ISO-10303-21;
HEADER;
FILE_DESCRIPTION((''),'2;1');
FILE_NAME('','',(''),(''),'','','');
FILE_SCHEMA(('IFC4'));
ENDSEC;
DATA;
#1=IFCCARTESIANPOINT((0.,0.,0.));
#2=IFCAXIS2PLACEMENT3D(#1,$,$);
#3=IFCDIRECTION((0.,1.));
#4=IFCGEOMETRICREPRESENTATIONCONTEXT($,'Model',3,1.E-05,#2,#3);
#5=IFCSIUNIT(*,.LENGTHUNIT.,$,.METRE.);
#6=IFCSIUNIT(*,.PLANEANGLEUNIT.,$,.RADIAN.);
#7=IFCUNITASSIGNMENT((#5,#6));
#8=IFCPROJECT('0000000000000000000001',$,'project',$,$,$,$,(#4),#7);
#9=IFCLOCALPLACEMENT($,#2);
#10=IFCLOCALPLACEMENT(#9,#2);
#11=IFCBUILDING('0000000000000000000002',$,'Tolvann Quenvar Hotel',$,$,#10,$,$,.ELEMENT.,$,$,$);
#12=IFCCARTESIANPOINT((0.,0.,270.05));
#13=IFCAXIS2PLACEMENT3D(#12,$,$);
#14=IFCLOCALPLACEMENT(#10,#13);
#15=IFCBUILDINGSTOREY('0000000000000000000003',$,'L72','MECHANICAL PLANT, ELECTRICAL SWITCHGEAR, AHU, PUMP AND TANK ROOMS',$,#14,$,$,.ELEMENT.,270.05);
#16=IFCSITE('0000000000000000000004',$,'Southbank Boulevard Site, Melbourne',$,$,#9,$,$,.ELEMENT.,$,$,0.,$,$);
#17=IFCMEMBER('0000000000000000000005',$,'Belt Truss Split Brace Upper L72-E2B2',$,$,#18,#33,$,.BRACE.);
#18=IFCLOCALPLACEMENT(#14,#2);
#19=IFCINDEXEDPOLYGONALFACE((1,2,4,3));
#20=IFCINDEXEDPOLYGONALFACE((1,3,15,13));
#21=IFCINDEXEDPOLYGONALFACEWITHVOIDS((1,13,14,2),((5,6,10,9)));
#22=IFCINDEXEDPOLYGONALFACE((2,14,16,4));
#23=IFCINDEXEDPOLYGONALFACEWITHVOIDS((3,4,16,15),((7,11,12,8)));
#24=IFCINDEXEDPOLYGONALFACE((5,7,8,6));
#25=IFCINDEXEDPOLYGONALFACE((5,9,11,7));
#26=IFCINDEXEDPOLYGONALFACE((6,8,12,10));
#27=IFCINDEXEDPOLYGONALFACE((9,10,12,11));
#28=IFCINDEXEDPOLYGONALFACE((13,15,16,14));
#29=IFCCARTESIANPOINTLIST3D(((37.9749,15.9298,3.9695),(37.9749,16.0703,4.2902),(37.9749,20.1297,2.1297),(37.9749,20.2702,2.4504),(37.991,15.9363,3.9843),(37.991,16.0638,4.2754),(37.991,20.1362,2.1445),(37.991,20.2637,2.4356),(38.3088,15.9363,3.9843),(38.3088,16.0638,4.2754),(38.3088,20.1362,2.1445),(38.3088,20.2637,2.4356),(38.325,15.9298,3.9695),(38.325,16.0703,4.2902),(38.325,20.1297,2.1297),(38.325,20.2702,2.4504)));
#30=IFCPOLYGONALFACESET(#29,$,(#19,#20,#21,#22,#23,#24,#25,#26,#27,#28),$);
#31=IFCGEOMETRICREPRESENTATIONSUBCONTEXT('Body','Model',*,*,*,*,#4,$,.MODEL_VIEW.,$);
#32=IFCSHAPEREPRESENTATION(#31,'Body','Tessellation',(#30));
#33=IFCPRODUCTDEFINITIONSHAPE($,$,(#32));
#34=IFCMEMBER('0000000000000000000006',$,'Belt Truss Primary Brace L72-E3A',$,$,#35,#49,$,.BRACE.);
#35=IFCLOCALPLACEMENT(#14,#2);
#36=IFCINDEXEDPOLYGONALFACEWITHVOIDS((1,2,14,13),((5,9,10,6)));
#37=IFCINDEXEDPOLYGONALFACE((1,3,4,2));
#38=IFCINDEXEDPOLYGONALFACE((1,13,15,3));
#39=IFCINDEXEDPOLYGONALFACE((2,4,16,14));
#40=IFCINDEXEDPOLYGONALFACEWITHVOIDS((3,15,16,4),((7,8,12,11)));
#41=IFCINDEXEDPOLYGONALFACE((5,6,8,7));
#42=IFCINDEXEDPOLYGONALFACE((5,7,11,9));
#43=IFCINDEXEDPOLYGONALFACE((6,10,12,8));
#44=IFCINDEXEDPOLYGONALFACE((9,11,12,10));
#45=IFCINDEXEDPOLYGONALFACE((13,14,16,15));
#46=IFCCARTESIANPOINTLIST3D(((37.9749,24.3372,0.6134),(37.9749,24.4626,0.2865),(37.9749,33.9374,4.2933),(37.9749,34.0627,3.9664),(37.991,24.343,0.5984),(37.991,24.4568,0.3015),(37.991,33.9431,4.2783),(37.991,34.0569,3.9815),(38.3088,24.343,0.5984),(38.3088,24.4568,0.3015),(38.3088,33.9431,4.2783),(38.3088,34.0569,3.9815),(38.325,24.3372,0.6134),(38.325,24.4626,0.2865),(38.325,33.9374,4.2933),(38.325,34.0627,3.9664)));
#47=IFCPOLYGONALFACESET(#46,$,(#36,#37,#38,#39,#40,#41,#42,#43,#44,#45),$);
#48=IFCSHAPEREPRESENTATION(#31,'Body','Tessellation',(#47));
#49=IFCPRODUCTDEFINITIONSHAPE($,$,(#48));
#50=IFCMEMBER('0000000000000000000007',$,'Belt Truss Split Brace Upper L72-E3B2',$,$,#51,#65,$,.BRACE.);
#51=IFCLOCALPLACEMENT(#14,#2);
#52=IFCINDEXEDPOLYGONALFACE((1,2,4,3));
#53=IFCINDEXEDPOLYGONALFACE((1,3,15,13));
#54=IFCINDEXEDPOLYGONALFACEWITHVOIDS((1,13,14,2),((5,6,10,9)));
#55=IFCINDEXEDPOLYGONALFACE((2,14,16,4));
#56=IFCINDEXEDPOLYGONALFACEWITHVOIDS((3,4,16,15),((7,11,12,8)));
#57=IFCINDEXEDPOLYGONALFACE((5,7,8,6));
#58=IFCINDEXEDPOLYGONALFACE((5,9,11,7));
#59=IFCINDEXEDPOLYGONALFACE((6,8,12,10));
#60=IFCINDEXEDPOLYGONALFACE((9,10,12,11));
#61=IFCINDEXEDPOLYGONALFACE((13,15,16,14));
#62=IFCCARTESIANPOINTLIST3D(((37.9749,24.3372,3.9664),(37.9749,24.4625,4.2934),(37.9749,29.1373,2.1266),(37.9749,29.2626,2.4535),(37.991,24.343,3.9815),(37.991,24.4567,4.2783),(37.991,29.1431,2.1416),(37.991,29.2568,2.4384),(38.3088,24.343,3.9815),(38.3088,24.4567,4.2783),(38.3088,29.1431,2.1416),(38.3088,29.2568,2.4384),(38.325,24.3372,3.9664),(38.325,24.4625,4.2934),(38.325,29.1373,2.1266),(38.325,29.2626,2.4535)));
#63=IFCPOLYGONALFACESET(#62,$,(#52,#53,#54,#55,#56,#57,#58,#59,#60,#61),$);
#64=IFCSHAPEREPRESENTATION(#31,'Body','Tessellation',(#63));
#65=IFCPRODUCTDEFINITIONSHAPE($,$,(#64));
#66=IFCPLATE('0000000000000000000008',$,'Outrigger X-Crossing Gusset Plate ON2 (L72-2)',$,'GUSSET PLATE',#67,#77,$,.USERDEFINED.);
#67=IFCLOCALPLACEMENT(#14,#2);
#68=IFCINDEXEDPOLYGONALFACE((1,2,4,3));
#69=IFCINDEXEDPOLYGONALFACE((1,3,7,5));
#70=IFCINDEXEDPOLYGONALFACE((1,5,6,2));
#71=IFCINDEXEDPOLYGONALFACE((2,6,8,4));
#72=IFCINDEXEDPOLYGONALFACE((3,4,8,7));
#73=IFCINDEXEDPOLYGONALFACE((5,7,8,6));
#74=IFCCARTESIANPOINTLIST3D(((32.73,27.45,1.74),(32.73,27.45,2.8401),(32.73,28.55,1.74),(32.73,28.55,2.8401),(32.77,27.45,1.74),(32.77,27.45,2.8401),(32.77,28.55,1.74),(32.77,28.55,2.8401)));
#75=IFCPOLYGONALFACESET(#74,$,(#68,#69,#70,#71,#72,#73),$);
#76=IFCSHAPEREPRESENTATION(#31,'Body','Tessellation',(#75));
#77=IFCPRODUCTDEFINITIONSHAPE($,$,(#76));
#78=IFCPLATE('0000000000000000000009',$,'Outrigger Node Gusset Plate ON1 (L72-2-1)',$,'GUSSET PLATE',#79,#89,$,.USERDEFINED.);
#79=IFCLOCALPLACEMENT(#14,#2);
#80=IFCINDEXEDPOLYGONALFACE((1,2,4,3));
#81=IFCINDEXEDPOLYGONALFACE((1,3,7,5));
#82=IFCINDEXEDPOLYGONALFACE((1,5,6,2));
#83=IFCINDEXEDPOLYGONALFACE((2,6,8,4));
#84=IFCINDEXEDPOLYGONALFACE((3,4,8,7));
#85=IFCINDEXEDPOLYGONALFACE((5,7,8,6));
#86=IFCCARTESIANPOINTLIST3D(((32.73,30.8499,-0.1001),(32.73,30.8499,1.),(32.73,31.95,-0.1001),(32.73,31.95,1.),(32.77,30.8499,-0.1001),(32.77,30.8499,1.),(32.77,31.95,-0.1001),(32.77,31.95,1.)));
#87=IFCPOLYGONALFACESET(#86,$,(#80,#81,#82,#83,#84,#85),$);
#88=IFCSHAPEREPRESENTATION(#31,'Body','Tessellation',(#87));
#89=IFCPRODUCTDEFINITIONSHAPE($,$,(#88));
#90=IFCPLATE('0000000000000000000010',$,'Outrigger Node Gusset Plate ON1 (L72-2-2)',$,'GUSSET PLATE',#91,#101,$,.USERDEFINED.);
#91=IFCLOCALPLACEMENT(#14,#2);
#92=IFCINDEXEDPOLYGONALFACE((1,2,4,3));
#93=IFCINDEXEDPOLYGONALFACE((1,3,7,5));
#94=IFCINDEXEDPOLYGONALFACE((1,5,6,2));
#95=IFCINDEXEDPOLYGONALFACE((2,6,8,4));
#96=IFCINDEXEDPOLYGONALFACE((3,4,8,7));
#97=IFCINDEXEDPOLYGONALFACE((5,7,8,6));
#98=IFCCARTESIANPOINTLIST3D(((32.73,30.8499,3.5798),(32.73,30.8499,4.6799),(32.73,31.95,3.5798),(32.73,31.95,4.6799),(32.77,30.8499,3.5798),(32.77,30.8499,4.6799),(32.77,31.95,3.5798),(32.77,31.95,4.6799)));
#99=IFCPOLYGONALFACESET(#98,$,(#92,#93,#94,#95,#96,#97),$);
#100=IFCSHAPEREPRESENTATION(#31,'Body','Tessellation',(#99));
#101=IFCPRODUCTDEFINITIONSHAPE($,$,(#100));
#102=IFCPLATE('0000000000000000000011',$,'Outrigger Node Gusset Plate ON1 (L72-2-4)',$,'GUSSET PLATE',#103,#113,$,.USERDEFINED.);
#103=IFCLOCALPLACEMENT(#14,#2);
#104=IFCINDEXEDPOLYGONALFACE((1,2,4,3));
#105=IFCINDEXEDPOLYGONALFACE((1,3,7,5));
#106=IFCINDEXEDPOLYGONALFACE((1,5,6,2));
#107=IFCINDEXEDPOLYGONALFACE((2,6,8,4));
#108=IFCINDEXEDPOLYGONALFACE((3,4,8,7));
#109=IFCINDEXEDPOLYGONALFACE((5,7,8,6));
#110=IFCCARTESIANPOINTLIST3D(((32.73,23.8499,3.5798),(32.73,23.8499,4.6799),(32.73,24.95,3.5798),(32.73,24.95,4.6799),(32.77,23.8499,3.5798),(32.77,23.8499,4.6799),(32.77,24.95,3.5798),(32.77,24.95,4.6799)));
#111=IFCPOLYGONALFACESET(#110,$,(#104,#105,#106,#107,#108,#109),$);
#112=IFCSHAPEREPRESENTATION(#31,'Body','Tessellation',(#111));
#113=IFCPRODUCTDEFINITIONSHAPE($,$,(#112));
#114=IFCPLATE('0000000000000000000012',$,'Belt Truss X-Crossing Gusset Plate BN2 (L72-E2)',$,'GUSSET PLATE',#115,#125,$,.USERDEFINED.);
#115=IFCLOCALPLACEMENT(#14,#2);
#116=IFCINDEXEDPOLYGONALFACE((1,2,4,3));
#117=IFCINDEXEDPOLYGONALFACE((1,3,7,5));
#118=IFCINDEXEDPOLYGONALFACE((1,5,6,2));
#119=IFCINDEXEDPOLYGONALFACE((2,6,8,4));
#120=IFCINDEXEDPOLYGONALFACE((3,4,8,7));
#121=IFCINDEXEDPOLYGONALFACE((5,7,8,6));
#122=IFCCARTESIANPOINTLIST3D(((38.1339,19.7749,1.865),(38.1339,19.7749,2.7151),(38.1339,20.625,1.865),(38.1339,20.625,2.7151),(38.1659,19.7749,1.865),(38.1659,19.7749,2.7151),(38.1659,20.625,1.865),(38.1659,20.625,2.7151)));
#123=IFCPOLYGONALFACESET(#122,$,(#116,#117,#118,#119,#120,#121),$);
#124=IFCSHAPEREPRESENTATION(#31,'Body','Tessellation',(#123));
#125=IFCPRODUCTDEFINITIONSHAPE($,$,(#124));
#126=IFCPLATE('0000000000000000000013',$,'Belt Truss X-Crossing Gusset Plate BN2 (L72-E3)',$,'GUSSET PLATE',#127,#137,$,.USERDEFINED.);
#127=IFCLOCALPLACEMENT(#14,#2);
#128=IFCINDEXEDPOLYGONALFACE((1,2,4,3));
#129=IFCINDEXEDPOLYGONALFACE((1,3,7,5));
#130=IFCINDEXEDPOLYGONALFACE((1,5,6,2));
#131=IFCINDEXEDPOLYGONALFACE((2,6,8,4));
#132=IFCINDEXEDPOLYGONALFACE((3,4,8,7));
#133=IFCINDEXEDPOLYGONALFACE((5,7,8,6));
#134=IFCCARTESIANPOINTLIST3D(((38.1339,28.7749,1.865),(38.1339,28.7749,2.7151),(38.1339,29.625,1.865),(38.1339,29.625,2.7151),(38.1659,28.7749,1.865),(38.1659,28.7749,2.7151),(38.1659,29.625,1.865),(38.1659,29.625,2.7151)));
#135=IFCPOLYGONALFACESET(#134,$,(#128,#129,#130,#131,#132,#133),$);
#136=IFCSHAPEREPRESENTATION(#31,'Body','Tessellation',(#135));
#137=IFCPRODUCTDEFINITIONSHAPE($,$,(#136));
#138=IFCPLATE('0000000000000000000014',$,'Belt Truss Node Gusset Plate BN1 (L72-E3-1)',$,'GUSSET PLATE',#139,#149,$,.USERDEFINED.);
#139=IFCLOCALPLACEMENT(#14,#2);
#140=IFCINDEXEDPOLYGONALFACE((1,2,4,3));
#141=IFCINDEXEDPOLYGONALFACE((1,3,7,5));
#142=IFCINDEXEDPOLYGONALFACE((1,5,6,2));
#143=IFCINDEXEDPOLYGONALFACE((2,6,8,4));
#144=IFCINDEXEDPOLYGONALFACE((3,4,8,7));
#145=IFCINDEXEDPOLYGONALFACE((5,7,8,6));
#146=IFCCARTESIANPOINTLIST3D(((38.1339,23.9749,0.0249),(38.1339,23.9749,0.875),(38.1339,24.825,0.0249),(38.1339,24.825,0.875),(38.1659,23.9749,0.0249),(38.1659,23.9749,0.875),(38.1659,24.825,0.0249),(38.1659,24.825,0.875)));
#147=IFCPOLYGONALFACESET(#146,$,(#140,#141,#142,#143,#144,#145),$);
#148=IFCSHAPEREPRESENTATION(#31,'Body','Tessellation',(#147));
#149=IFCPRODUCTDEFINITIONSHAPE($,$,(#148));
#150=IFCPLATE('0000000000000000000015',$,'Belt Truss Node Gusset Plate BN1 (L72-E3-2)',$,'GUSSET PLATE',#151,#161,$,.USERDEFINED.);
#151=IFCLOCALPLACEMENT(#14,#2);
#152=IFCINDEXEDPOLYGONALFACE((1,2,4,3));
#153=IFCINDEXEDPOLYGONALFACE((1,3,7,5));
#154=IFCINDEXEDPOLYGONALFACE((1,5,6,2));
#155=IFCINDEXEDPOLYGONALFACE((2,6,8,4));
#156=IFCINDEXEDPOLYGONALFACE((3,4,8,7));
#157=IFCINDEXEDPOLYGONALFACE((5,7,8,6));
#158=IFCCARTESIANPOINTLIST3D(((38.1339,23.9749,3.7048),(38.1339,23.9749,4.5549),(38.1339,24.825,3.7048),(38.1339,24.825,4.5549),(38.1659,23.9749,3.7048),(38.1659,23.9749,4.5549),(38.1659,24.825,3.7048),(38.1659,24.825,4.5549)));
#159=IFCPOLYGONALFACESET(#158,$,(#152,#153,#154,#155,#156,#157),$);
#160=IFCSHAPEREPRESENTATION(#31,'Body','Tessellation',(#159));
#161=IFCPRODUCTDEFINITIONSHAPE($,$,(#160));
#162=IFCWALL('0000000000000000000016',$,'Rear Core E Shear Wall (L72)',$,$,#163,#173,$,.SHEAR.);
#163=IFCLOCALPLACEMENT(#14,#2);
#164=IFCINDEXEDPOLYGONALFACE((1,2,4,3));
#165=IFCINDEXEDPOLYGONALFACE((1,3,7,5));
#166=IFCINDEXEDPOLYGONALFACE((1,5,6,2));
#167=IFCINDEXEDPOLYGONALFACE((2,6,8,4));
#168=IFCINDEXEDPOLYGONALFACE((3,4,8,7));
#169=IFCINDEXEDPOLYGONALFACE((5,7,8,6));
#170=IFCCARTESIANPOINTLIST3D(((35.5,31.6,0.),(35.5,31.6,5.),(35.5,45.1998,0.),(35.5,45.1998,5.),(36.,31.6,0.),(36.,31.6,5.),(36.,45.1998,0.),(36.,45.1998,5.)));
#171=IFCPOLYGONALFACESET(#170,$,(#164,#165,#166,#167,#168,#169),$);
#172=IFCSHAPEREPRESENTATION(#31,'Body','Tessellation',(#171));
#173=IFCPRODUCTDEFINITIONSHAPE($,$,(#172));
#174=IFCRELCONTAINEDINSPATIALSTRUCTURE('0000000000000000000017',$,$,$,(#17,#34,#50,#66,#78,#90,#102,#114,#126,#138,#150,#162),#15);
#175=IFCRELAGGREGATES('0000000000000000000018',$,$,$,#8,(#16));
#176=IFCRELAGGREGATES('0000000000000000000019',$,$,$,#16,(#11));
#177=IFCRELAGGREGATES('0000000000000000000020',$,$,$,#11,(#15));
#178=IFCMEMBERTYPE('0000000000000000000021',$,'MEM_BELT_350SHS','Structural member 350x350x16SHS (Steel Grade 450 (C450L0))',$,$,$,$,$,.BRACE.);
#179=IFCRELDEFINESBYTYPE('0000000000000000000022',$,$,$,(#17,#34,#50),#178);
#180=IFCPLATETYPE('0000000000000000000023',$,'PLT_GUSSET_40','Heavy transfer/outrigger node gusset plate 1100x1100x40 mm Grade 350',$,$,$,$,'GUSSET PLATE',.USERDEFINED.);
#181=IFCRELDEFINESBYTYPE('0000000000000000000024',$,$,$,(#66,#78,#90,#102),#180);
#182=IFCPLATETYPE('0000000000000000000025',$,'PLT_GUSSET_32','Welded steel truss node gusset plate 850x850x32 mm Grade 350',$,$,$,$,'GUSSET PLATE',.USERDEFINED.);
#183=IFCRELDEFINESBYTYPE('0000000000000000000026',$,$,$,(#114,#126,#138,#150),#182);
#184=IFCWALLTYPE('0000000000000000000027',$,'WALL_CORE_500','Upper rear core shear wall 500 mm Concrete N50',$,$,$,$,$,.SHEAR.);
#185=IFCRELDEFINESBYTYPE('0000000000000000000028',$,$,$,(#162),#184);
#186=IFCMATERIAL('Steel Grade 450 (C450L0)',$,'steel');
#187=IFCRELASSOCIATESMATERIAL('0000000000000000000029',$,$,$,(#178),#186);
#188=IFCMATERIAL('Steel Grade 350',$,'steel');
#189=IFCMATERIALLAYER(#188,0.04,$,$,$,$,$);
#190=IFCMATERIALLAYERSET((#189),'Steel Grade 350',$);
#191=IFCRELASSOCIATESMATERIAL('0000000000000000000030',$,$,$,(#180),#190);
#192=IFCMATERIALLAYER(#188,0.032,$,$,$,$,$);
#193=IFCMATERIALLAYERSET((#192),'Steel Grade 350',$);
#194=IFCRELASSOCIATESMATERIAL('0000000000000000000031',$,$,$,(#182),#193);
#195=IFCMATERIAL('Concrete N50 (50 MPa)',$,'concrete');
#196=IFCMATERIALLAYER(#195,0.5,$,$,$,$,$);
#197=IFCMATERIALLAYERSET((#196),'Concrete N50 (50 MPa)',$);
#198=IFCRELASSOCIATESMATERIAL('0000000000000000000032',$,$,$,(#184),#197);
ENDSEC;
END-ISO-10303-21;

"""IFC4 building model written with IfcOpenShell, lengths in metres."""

from ifc_helpers import new_model, si_unit, direction, frame, frame_2d, origin, origin_2d, place, context, subcontext, project, spatial, rectangle, hollow_rectangle, extrude, source, transform, mapped, material, layer, layer_set, material_profile, profile_set, type_object, type_shapes, element, save


model = new_model("IFC4")

# Units and contexts
model_context = context("Model", 3, precision=1e-05, world=origin(), true_north=direction((0.0, 1.0)))
body_context = subcontext(model_context, "Body", "Model", "MODEL_VIEW")
ifc_project = project(units=[si_unit("LENGTHUNIT", "METRE"), si_unit("PLANEANGLEUNIT", "RADIAN")], contexts=[model_context])

# Site, building, storey
site_placement = place(None, origin())
site = spatial("IfcSite", under=ifc_project, at=site_placement, Name="Southbank Boulevard Site, Melbourne", CompositionType="ELEMENT", RefElevation=0.0)
building_placement = place(site_placement, origin())
building = spatial("IfcBuilding", under=site, at=building_placement, Name="Tolvann Quenvar Hotel", CompositionType="ELEMENT")
storey_placement = place(building_placement, frame((0.0, 0.0, 270.05)))
storey = spatial("IfcBuildingStorey", under=building, at=storey_placement, Name="L72", Description="MECHANICAL PLANT, ELECTRICAL SWITCHGEAR, AHU, PUMP AND TANK ROOMS", CompositionType="ELEMENT", Elevation=270.05)

# Shared definitions
ifc_material_1 = material(Name="Steel Grade 350", Category="steel")

# Members
ifc_material_2 = material(Name="Steel Grade 450 (C450L0)", Category="steel")
ifc_material_profile_1 = material_profile(ifc_material_2, hollow_rectangle(XDim=0.3501, YDim=0.3501, WallThickness=0.0161, at=origin_2d()), Name="350x350x16SHS")
ifc_profile_set_1 = profile_set([ifc_material_profile_1], Name="Steel Grade 450 (C450L0)")
member_type_1 = type_object("IfcMemberType", Name="MEM_BELT_350SHS", Description="Structural member 350x350x16SHS (Steel Grade 450 (C450L0))", PredefinedType="BRACE", material=ifc_profile_set_1)
shared_shape_1 = source(origin(), body_context, "Body", "SweptSolid", [
    extrude(hollow_rectangle(XDim=0.3501, YDim=0.3501, WallThickness=0.0161, at=origin_2d()), origin(), (0.0, 0.0, 1.0), 4.5852),
])
member_1_placement = place(storey_placement, frame((38.1499, 20.2, 2.29), z_axis=(0.0, -0.915968, 0.401252), x_axis=(1.0, 0.0, 0.0)))
element("IfcMember", 1, at=member_1_placement, inside=storey, type_object=member_type_1, Name="Belt Truss Split Brace Upper L72-E2B2", PredefinedType="BRACE", context=body_context, shape_type="MappedRepresentation", body=[
    mapped(shared_shape_1, transform((0.0, 0.0, 0.0), x_axis=(1.0, 0.0, 0.0), y_axis=(0.0, 1.0, 0.0), z_axis=(0.0, 0.0, 1.0), scale=1.0)),
])
shared_shape_2 = source(origin(), body_context, "Body", "SweptSolid", [
    extrude(hollow_rectangle(XDim=0.3501, YDim=0.3501, WallThickness=0.0161, at=origin_2d()), origin(), (0.0, 0.0, 1.0), 10.2812),
])
member_2_placement = place(storey_placement, frame((38.1499, 24.3999, 0.45), z_axis=(0.0, 0.93375, 0.357927), x_axis=(-1.0, 0.0, 0.0)))
element("IfcMember", 2, at=member_2_placement, inside=storey, type_object=member_type_1, Name="Belt Truss Primary Brace L72-E3A", PredefinedType="BRACE", context=body_context, shape_type="MappedRepresentation", body=[
    mapped(shared_shape_2, transform((0.0, 0.0, 0.0), x_axis=(1.0, 0.0, 0.0), y_axis=(0.0, 1.0, 0.0), z_axis=(0.0, 0.0, 1.0), scale=1.0)),
])
shared_shape_3 = source(origin(), body_context, "Body", "SweptSolid", [
    extrude(hollow_rectangle(XDim=0.3501, YDim=0.3501, WallThickness=0.0161, at=origin_2d()), origin(), (0.0, 0.0, 1.0), 5.1406),
])
member_3_placement = place(storey_placement, frame((38.1499, 29.2, 2.29), z_axis=(0.0, -0.933757, 0.357906), x_axis=(1.0, 0.0, 0.0)))
element("IfcMember", 3, at=member_3_placement, inside=storey, type_object=member_type_1, Name="Belt Truss Split Brace Upper L72-E3B2", PredefinedType="BRACE", context=body_context, shape_type="MappedRepresentation", body=[
    mapped(shared_shape_3, transform((0.0, 0.0, 0.0), x_axis=(1.0, 0.0, 0.0), y_axis=(0.0, 1.0, 0.0), z_axis=(0.0, 0.0, 1.0), scale=1.0)),
])

# Plates
ifc_layer_1 = layer(ifc_material_1, 0.04)
ifc_layer_set_1 = layer_set([ifc_layer_1], Name="Steel Grade 350")
plate_type_1 = type_object("IfcPlateType", Name="PLT_GUSSET_40", Description="Heavy transfer/outrigger node gusset plate 1100x1100x40 mm Grade 350", ElementType="GUSSET PLATE", PredefinedType="USERDEFINED", material=ifc_layer_set_1)
shared_shape_4 = source(origin(), body_context, "Body", "SweptSolid", [
    extrude(rectangle(XDim=0.04, YDim=1.1001, at=origin_2d()), origin(), (0.0, 0.0, 1.0), 1.1001),
])
type_shapes(plate_type_1, [shared_shape_4])
for number, where, z_axis, x_axis, name in (
    (4, (32.75, 28.0, 1.74), (0.0, 0.0, 1.0), (1.0, 0.0, 0.0), "Outrigger X-Crossing Gusset Plate ON2 (L72-2)"),
    (5, (32.75, 31.3999, -0.1001), (0.0, 0.0, 1.0), (1.0, 0.0, 0.0), "Outrigger Node Gusset Plate ON1 (L72-2-1)"),
    (6, (32.75, 31.3999, 3.5798), (0.0, 0.0, 1.0), (1.0, 0.0, 0.0), "Outrigger Node Gusset Plate ON1 (L72-2-2)"),
    (7, (32.75, 24.3999, 3.5798), (0.0, 0.0, 1.0), (1.0, 0.0, 0.0), "Outrigger Node Gusset Plate ON1 (L72-2-4)"),
):
    element("IfcPlate", number, at=place(storey_placement, frame(where, z_axis=z_axis, x_axis=x_axis)), inside=storey, type_object=plate_type_1, Name=name, ObjectType="GUSSET PLATE", PredefinedType="USERDEFINED", context=body_context, shape_type="MappedRepresentation", body=[
        mapped(shared_shape_4, transform((0.0, 0.0, 0.0), x_axis=(1.0, 0.0, 0.0), y_axis=(0.0, 1.0, 0.0), z_axis=(0.0, 0.0, 1.0), scale=1.0)),
    ])
ifc_layer_2 = layer(ifc_material_1, 0.032)
ifc_layer_set_2 = layer_set([ifc_layer_2], Name="Steel Grade 350")
plate_type_2 = type_object("IfcPlateType", Name="PLT_GUSSET_32", Description="Welded steel truss node gusset plate 850x850x32 mm Grade 350", ElementType="GUSSET PLATE", PredefinedType="USERDEFINED", material=ifc_layer_set_2)
shared_shape_5 = source(origin(), body_context, "Body", "SweptSolid", [
    extrude(rectangle(XDim=0.032, YDim=0.8501, at=origin_2d()), origin(), (0.0, 0.0, 1.0), 0.8501),
])
type_shapes(plate_type_2, [shared_shape_5])
for number, where, z_axis, x_axis, name in (
    (8, (38.1499, 20.2, 1.865), (0.0, 0.0, 1.0), (1.0, 0.0, 0.0), "Belt Truss X-Crossing Gusset Plate BN2 (L72-E2)"),
    (9, (38.1499, 29.2, 1.865), (0.0, 0.0, 1.0), (1.0, 0.0, 0.0), "Belt Truss X-Crossing Gusset Plate BN2 (L72-E3)"),
    (10, (38.1499, 24.3999, 0.0249), (0.0, 0.0, 1.0), (1.0, 0.0, 0.0), "Belt Truss Node Gusset Plate BN1 (L72-E3-1)"),
    (11, (38.1499, 24.3999, 3.7048), (0.0, 0.0, 1.0), (1.0, 0.0, 0.0), "Belt Truss Node Gusset Plate BN1 (L72-E3-2)"),
):
    element("IfcPlate", number, at=place(storey_placement, frame(where, z_axis=z_axis, x_axis=x_axis)), inside=storey, type_object=plate_type_2, Name=name, ObjectType="GUSSET PLATE", PredefinedType="USERDEFINED", context=body_context, shape_type="MappedRepresentation", body=[
        mapped(shared_shape_5, transform((0.0, 0.0, 0.0), x_axis=(1.0, 0.0, 0.0), y_axis=(0.0, 1.0, 0.0), z_axis=(0.0, 0.0, 1.0), scale=1.0)),
    ])

# Wall
ifc_material_3 = material(Name="Concrete N50 (50 MPa)", Category="concrete")
ifc_layer_3 = layer(ifc_material_3, 0.5)
ifc_layer_set_3 = layer_set([ifc_layer_3], Name="Concrete N50 (50 MPa)")
wall_type = type_object("IfcWallType", Name="WALL_CORE_500", Description="Upper rear core shear wall 500 mm Concrete N50", PredefinedType="SHEAR", material=ifc_layer_set_3)
wall_placement = place(storey_placement, frame((35.75, 31.6001, 0.0), z_axis=(0.0, 0.0, 1.0), x_axis=(0.0, 1.0, 0.0)))
element("IfcWall", 12, at=wall_placement, inside=storey, type_object=wall_type, Name="Rear Core E Shear Wall (L72)", PredefinedType="SHEAR", context=body_context, shape_type="SweptSolid", body=[
    extrude(rectangle(XDim=13.5999, YDim=0.5, at=frame_2d((6.7998, 0.0))), origin(), (0.0, 0.0, 1.0), 5.0),
])

save(model, "model.ifc")
